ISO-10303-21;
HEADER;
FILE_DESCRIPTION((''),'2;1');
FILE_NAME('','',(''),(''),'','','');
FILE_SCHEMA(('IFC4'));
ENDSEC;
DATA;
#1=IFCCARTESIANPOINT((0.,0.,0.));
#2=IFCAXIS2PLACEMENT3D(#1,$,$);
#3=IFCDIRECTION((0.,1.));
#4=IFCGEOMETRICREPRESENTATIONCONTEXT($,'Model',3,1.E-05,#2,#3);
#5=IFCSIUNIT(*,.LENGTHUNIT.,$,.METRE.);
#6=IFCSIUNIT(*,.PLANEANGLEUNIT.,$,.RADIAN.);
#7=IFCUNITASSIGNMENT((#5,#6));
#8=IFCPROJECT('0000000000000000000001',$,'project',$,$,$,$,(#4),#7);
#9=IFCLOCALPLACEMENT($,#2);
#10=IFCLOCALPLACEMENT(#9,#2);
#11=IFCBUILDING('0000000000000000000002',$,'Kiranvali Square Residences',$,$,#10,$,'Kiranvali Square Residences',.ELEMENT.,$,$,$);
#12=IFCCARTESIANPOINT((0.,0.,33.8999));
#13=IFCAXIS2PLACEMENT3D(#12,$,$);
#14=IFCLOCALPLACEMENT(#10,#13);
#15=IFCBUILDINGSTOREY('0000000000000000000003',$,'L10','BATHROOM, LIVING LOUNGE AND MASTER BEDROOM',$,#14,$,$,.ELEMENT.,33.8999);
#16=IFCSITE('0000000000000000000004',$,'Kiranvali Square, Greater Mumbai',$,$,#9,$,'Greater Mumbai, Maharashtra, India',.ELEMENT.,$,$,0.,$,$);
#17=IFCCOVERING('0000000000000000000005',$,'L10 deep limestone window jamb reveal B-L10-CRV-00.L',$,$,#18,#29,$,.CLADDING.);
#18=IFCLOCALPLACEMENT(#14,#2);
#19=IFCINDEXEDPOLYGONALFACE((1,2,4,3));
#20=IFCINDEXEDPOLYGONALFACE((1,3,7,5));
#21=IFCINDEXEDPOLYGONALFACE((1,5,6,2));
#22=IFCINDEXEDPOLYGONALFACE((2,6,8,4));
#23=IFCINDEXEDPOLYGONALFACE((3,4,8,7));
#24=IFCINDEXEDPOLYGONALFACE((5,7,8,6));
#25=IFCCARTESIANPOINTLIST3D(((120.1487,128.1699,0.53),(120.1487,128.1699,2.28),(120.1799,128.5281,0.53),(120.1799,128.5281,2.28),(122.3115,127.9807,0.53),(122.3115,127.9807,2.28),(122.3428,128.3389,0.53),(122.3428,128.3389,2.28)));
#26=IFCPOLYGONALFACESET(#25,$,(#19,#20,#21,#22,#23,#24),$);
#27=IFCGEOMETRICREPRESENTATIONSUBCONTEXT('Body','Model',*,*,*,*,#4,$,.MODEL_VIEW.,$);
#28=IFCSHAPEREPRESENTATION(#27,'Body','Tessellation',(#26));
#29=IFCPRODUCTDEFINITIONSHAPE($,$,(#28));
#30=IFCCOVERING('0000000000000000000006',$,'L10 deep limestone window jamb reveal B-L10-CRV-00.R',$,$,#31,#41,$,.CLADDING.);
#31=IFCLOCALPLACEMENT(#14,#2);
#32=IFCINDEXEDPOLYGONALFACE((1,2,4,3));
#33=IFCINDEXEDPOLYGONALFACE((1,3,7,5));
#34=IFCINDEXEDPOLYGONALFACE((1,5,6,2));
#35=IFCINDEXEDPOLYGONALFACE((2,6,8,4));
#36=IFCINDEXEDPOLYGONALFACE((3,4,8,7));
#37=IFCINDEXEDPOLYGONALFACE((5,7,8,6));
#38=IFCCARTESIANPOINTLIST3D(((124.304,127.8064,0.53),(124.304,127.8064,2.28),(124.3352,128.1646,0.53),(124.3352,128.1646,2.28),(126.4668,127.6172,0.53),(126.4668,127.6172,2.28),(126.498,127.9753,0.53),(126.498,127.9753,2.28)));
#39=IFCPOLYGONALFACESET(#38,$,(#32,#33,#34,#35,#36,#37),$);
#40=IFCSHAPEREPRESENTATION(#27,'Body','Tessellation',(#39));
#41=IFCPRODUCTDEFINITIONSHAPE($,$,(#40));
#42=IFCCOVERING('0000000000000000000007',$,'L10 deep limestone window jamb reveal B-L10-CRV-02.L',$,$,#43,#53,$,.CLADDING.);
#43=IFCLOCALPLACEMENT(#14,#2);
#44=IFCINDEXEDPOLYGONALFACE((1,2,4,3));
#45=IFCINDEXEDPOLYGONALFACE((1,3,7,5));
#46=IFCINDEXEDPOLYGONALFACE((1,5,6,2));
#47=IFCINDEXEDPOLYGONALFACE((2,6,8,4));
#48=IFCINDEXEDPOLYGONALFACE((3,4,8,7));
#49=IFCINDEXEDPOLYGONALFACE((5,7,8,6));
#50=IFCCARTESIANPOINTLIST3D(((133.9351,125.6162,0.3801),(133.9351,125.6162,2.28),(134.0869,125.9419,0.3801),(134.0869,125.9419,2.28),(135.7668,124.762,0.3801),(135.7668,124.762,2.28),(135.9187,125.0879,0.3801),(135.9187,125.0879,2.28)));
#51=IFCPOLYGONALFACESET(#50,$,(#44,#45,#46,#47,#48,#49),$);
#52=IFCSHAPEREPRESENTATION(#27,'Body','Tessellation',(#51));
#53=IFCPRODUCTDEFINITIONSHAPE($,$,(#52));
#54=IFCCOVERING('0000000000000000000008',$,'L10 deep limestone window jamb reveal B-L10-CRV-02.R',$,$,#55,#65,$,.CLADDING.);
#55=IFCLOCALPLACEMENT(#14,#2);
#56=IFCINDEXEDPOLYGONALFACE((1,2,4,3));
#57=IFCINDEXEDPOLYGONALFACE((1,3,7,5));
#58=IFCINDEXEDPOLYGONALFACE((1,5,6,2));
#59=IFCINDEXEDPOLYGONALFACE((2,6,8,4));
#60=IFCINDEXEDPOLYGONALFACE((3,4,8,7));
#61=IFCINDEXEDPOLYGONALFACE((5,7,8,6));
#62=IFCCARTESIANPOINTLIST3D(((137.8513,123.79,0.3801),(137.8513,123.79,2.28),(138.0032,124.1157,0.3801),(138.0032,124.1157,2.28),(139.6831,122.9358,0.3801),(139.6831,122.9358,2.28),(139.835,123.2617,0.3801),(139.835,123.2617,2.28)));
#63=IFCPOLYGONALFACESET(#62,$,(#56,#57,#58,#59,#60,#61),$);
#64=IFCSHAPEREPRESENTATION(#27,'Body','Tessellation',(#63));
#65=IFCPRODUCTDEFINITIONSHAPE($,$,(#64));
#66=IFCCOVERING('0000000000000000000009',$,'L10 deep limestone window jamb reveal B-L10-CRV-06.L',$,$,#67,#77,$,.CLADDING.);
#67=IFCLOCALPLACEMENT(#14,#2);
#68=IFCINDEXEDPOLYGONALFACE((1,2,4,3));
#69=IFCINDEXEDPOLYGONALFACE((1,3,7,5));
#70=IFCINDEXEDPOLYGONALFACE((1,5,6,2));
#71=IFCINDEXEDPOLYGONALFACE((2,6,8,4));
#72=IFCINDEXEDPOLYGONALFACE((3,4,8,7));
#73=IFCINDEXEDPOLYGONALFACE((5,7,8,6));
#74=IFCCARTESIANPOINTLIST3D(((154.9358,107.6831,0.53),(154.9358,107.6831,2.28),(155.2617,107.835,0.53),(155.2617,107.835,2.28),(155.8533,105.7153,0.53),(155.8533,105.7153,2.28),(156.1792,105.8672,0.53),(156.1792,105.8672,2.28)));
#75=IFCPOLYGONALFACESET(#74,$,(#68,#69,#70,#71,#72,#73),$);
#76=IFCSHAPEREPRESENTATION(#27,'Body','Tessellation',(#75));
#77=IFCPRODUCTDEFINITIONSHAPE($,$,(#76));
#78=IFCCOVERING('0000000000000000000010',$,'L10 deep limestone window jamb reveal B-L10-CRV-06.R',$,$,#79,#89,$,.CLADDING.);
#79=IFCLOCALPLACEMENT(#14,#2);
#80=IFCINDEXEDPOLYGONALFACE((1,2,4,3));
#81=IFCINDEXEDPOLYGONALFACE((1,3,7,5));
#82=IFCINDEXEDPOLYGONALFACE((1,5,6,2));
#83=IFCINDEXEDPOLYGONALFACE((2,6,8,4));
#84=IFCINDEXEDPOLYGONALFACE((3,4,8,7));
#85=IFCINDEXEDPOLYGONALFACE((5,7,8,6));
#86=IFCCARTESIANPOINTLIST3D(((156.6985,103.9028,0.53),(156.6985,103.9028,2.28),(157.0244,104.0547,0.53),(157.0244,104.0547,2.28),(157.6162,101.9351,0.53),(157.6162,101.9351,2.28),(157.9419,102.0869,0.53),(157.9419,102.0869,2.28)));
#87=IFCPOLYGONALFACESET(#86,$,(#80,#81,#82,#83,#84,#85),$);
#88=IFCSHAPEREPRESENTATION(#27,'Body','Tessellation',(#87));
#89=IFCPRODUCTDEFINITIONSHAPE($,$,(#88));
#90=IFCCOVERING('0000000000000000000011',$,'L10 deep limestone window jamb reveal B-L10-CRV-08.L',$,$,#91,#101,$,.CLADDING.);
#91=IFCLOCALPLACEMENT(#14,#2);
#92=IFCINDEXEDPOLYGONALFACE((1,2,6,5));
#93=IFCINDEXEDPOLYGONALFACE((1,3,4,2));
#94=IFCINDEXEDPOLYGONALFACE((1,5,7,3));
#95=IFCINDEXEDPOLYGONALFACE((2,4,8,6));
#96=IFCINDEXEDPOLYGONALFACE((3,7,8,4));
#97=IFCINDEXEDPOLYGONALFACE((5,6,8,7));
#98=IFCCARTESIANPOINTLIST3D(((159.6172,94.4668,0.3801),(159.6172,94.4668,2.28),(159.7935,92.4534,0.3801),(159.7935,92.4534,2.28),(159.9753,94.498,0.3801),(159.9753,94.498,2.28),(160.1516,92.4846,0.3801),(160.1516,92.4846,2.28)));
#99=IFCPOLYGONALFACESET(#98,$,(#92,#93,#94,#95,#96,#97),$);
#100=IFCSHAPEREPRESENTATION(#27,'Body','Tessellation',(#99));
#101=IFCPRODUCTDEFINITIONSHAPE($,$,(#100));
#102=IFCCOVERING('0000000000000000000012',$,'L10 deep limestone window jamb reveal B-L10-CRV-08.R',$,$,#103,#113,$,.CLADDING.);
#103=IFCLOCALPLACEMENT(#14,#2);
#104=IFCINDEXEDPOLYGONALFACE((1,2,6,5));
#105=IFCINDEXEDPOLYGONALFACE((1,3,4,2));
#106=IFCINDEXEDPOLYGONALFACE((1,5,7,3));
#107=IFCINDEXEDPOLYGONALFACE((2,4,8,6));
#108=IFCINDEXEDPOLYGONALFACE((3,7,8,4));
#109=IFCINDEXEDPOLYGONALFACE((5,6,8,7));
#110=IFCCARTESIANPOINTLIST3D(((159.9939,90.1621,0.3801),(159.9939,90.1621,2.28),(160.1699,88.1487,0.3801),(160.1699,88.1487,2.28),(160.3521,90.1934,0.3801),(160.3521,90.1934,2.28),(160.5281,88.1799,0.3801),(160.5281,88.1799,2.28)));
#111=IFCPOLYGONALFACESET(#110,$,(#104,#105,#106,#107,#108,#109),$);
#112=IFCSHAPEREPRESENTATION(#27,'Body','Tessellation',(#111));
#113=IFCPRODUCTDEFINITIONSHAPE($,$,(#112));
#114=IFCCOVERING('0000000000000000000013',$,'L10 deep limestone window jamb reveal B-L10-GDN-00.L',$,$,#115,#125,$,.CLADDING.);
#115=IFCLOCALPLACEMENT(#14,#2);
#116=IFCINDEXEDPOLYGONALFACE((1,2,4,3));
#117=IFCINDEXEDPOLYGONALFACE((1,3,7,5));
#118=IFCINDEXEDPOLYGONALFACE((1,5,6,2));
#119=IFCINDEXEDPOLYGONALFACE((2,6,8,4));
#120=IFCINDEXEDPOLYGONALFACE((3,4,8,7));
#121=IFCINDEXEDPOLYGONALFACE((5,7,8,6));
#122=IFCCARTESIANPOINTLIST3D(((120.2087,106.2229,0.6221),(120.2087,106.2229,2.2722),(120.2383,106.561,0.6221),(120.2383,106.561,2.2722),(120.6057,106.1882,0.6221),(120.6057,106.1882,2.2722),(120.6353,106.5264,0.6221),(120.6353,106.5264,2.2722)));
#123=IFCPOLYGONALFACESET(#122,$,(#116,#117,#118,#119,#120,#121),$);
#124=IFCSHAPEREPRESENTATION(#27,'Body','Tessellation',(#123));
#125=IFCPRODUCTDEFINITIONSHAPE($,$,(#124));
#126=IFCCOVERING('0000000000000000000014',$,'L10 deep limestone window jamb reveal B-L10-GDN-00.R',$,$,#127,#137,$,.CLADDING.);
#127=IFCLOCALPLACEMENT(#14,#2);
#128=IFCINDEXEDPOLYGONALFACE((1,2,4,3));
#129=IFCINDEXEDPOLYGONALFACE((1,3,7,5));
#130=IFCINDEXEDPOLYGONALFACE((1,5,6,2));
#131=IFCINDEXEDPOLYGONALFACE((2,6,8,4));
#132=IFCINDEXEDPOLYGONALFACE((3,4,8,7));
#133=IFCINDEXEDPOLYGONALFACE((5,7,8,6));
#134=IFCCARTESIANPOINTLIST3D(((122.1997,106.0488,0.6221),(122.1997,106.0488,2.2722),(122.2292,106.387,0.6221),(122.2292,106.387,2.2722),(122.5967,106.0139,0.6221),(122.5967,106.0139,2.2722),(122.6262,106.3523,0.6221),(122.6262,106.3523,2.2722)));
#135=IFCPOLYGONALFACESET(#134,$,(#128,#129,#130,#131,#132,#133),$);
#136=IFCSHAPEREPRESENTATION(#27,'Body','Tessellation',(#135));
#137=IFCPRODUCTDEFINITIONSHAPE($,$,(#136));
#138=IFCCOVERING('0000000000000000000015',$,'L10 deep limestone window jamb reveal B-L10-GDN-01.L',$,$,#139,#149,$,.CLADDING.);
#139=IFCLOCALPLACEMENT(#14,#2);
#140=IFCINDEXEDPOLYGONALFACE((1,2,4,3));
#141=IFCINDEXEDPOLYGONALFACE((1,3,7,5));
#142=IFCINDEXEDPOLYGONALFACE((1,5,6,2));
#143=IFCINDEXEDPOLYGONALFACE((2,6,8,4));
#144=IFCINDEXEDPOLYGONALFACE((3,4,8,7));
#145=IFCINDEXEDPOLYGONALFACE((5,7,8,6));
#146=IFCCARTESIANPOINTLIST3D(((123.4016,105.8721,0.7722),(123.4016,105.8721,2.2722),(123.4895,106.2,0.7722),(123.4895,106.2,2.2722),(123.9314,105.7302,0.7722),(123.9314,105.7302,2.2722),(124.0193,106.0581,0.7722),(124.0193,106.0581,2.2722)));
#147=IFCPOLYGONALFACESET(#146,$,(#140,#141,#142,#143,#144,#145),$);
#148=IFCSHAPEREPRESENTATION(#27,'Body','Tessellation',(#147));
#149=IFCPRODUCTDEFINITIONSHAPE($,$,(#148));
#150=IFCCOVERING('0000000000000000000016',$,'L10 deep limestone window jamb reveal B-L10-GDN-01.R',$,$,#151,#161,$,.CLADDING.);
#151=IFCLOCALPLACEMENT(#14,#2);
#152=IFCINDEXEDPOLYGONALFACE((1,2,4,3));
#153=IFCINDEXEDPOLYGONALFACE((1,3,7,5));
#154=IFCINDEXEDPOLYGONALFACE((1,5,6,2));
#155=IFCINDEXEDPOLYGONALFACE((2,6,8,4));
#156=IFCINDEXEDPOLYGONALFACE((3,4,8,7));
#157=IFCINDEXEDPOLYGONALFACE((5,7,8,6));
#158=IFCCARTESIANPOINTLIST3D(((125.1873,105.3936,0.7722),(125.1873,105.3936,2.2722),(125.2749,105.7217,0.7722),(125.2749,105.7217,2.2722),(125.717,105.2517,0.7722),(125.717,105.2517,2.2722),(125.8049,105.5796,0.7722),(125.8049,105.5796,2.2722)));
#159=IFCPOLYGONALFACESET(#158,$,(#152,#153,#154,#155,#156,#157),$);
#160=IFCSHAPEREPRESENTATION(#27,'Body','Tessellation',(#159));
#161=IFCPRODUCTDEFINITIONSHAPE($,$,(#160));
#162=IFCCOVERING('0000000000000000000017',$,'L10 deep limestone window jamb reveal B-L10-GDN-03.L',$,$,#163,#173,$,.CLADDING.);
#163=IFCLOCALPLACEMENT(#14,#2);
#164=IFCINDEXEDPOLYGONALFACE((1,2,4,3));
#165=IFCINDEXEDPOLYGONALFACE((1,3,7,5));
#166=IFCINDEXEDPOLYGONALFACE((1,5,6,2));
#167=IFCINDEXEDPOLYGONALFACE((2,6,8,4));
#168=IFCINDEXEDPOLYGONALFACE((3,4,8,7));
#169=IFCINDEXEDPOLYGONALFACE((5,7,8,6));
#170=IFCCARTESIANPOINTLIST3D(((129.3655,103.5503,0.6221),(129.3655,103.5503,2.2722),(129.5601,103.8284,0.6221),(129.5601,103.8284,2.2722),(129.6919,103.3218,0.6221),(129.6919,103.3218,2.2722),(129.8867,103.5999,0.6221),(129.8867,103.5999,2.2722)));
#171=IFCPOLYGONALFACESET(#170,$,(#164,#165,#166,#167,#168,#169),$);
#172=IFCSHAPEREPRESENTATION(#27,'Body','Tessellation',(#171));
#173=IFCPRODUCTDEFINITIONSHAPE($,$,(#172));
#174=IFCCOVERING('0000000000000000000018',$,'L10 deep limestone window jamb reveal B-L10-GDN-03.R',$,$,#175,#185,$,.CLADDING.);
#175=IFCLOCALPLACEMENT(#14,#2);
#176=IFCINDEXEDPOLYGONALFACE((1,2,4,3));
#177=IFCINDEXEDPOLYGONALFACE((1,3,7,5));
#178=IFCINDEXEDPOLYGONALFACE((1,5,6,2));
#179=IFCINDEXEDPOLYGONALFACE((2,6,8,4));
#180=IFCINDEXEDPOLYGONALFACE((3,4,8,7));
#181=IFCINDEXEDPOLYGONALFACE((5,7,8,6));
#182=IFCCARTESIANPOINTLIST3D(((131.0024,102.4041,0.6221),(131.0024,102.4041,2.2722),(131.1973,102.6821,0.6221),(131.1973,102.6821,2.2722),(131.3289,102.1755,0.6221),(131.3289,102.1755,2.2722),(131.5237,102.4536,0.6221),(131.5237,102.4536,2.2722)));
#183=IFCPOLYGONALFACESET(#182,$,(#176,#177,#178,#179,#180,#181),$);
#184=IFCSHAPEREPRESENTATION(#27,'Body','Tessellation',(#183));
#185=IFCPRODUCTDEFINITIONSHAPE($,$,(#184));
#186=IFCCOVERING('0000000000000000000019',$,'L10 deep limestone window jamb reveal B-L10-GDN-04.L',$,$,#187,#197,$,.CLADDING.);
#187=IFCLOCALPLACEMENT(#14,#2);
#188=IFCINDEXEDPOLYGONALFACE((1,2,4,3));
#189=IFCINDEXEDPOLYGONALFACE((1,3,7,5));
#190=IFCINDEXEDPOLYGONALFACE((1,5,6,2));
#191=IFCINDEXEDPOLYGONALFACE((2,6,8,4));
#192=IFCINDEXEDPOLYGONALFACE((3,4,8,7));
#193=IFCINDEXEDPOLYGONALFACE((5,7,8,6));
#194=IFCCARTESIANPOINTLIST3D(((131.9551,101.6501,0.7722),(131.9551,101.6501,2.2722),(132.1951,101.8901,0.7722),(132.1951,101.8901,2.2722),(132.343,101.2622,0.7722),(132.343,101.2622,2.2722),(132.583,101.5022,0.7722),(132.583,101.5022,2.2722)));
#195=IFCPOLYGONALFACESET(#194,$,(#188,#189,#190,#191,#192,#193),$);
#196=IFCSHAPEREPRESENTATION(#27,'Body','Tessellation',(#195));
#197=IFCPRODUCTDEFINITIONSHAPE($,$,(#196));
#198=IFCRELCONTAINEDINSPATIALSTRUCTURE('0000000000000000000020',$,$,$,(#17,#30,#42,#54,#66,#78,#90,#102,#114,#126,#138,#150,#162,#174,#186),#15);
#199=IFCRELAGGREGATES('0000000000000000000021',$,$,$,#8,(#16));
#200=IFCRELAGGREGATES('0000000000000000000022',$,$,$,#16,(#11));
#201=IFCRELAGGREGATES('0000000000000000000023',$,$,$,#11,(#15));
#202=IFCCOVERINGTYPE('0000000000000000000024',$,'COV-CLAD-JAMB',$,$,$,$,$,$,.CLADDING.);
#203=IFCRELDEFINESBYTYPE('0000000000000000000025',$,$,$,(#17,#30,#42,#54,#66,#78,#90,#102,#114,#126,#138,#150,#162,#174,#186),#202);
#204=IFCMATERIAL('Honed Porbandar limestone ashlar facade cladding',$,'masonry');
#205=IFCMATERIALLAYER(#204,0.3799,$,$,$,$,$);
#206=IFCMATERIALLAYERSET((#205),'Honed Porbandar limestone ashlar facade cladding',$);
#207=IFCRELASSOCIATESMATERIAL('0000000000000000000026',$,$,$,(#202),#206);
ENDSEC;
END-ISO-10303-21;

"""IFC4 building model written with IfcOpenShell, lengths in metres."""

from ifc_helpers import new_model, si_unit, direction, frame, origin, place, context, subcontext, project, spatial, polyline, outline, extrude, material, layer, layer_set, type_object, element, save


model = new_model("IFC4")

# Units and contexts
model_context = context("Model", 3, precision=1e-05, world=origin(), true_north=direction((0.0, 1.0)))
body_context = subcontext(model_context, "Body", "Model", "MODEL_VIEW")
ifc_project = project(units=[si_unit("LENGTHUNIT", "METRE"), si_unit("PLANEANGLEUNIT", "RADIAN")], contexts=[model_context])

# Site, building, storey
site_placement = place(None, origin())
site = spatial("IfcSite", under=ifc_project, at=site_placement, Name="Kiranvali Square, Greater Mumbai", LongName="Greater Mumbai, Maharashtra, India", CompositionType="ELEMENT", RefElevation=0.0)
building_placement = place(site_placement, origin())
building = spatial("IfcBuilding", under=site, at=building_placement, Name="Kiranvali Square Residences", LongName="Kiranvali Square Residences", CompositionType="ELEMENT")
storey_placement = place(building_placement, frame((0.0, 0.0, 33.8999)))
storey = spatial("IfcBuildingStorey", under=building, at=storey_placement, Name="L10", Description="BATHROOM, LIVING LOUNGE AND MASTER BEDROOM", CompositionType="ELEMENT", Elevation=33.8999)

# Coverings
ifc_material = material(Name="Honed Porbandar limestone ashlar facade cladding", Category="masonry")
ifc_layer_1 = layer(ifc_material, 0.3799)
ifc_layer_set_1 = layer_set([ifc_layer_1], Name="Honed Porbandar limestone ashlar facade cladding")
covering_type_1 = type_object("IfcCoveringType", Name="COV-CLAD-JAMB", PredefinedType="CLADDING", material=ifc_layer_set_1)
covering_1_placement = place(storey_placement, frame((0.0, 0.0, 0.53)))
element("IfcCovering", 1, at=covering_1_placement, inside=storey, type_object=covering_type_1, Name="L10 deep limestone window jamb reveal B-L10-CRV-00.L", PredefinedType="CLADDING", context=body_context, shape_type="SweptSolid", body=[
    extrude(outline(polyline([(120.1487, 128.1699), (122.3115, 127.9807), (122.3428, 128.3389), (120.1799, 128.5281), (120.1487, 128.1699)])), origin(), (0.0, 0.0, 1.0), 1.75),
])
covering_2_placement = place(storey_placement, frame((0.0, 0.0, 0.53)))
element("IfcCovering", 2, at=covering_2_placement, inside=storey, type_object=covering_type_1, Name="L10 deep limestone window jamb reveal B-L10-CRV-00.R", PredefinedType="CLADDING", context=body_context, shape_type="SweptSolid", body=[
    extrude(outline(polyline([(124.304, 127.8064), (126.4668, 127.6172), (126.498, 127.9753), (124.3352, 128.1646), (124.304, 127.8064)])), origin(), (0.0, 0.0, 1.0), 1.75),
])
covering_3_placement = place(storey_placement, frame((0.0, 0.0, 0.3801)))
element("IfcCovering", 3, at=covering_3_placement, inside=storey, type_object=covering_type_1, Name="L10 deep limestone window jamb reveal B-L10-CRV-02.L", PredefinedType="CLADDING", context=body_context, shape_type="SweptSolid", body=[
    extrude(outline(polyline([(133.9351, 125.6162), (135.7668, 124.762), (135.9187, 125.0879), (134.0869, 125.9419), (133.9351, 125.6162)])), origin(), (0.0, 0.0, 1.0), 1.8999),
])
covering_4_placement = place(storey_placement, frame((0.0, 0.0, 0.3801)))
element("IfcCovering", 4, at=covering_4_placement, inside=storey, type_object=covering_type_1, Name="L10 deep limestone window jamb reveal B-L10-CRV-02.R", PredefinedType="CLADDING", context=body_context, shape_type="SweptSolid", body=[
    extrude(outline(polyline([(137.8513, 123.79), (139.6831, 122.9358), (139.835, 123.2617), (138.0032, 124.1157), (137.8513, 123.79)])), origin(), (0.0, 0.0, 1.0), 1.8999),
])
covering_5_placement = place(storey_placement, frame((0.0, 0.0, 0.53)))
element("IfcCovering", 5, at=covering_5_placement, inside=storey, type_object=covering_type_1, Name="L10 deep limestone window jamb reveal B-L10-CRV-06.L", PredefinedType="CLADDING", context=body_context, shape_type="SweptSolid", body=[
    extrude(outline(polyline([(154.9358, 107.6831), (155.8533, 105.7153), (156.1792, 105.8672), (155.2617, 107.835), (154.9358, 107.6831)])), origin(), (0.0, 0.0, 1.0), 1.75),
])
covering_6_placement = place(storey_placement, frame((0.0, 0.0, 0.53)))
element("IfcCovering", 6, at=covering_6_placement, inside=storey, type_object=covering_type_1, Name="L10 deep limestone window jamb reveal B-L10-CRV-06.R", PredefinedType="CLADDING", context=body_context, shape_type="SweptSolid", body=[
    extrude(outline(polyline([(156.6985, 103.9028), (157.6162, 101.9351), (157.9419, 102.0869), (157.0244, 104.0547), (156.6985, 103.9028)])), origin(), (0.0, 0.0, 1.0), 1.75),
])
covering_7_placement = place(storey_placement, frame((0.0, 0.0, 0.3801)))
element("IfcCovering", 7, at=covering_7_placement, inside=storey, type_object=covering_type_1, Name="L10 deep limestone window jamb reveal B-L10-CRV-08.L", PredefinedType="CLADDING", context=body_context, shape_type="SweptSolid", body=[
    extrude(outline(polyline([(159.6172, 94.4668), (159.7935, 92.4534), (160.1516, 92.4846), (159.9753, 94.498), (159.6172, 94.4668)])), origin(), (0.0, 0.0, 1.0), 1.8999),
])
covering_8_placement = place(storey_placement, frame((0.0, 0.0, 0.3801)))
element("IfcCovering", 8, at=covering_8_placement, inside=storey, type_object=covering_type_1, Name="L10 deep limestone window jamb reveal B-L10-CRV-08.R", PredefinedType="CLADDING", context=body_context, shape_type="SweptSolid", body=[
    extrude(outline(polyline([(159.9939, 90.1621), (160.1699, 88.1487), (160.5281, 88.1799), (160.3521, 90.1934), (159.9939, 90.1621)])), origin(), (0.0, 0.0, 1.0), 1.8999),
])
covering_9_placement = place(storey_placement, frame((0.0, 0.0, 0.6221)))
element("IfcCovering", 9, at=covering_9_placement, inside=storey, type_object=covering_type_1, Name="L10 deep limestone window jamb reveal B-L10-GDN-00.L", PredefinedType="CLADDING", context=body_context, shape_type="SweptSolid", body=[
    extrude(outline(polyline([(120.2087, 106.2229), (120.6057, 106.1882), (120.6353, 106.5264), (120.2383, 106.561), (120.2087, 106.2229)])), origin(), (0.0, 0.0, 1.0), 1.6501),
])
covering_10_placement = place(storey_placement, frame((0.0, 0.0, 0.6221)))
element("IfcCovering", 10, at=covering_10_placement, inside=storey, type_object=covering_type_1, Name="L10 deep limestone window jamb reveal B-L10-GDN-00.R", PredefinedType="CLADDING", context=body_context, shape_type="SweptSolid", body=[
    extrude(outline(polyline([(122.1997, 106.0488), (122.5967, 106.0139), (122.6262, 106.3523), (122.2292, 106.387), (122.1997, 106.0488)])), origin(), (0.0, 0.0, 1.0), 1.6501),
])
covering_11_placement = place(storey_placement, frame((0.0, 0.0, 0.7722)))
element("IfcCovering", 11, at=covering_11_placement, inside=storey, type_object=covering_type_1, Name="L10 deep limestone window jamb reveal B-L10-GDN-01.L", PredefinedType="CLADDING", context=body_context, shape_type="SweptSolid", body=[
    extrude(outline(polyline([(123.4016, 105.8721), (123.9314, 105.7302), (124.0193, 106.0581), (123.4895, 106.2), (123.4016, 105.8721)])), origin(), (0.0, 0.0, 1.0), 1.5),
])
covering_12_placement = place(storey_placement, frame((0.0, 0.0, 0.7722)))
element("IfcCovering", 12, at=covering_12_placement, inside=storey, type_object=covering_type_1, Name="L10 deep limestone window jamb reveal B-L10-GDN-01.R", PredefinedType="CLADDING", context=body_context, shape_type="SweptSolid", body=[
    extrude(outline(polyline([(125.1873, 105.3936), (125.717, 105.2517), (125.8049, 105.5796), (125.2749, 105.7217), (125.1873, 105.3936)])), origin(), (0.0, 0.0, 1.0), 1.5),
])
covering_13_placement = place(storey_placement, frame((0.0, 0.0, 0.6221)))
element("IfcCovering", 13, at=covering_13_placement, inside=storey, type_object=covering_type_1, Name="L10 deep limestone window jamb reveal B-L10-GDN-03.L", PredefinedType="CLADDING", context=body_context, shape_type="SweptSolid", body=[
    extrude(outline(polyline([(129.3655, 103.5503), (129.6919, 103.3218), (129.8867, 103.5999), (129.5601, 103.8284), (129.3655, 103.5503)])), origin(), (0.0, 0.0, 1.0), 1.6501),
])
covering_14_placement = place(storey_placement, frame((0.0, 0.0, 0.6221)))
element("IfcCovering", 14, at=covering_14_placement, inside=storey, type_object=covering_type_1, Name="L10 deep limestone window jamb reveal B-L10-GDN-03.R", PredefinedType="CLADDING", context=body_context, shape_type="SweptSolid", body=[
    extrude(outline(polyline([(131.0024, 102.4041), (131.3289, 102.1755), (131.5237, 102.4536), (131.1973, 102.6821), (131.0024, 102.4041)])), origin(), (0.0, 0.0, 1.0), 1.6501),
])
covering_15_placement = place(storey_placement, frame((0.0, 0.0, 0.7722)))
element("IfcCovering", 15, at=covering_15_placement, inside=storey, type_object=covering_type_1, Name="L10 deep limestone window jamb reveal B-L10-GDN-04.L", PredefinedType="CLADDING", context=body_context, shape_type="SweptSolid", body=[
    extrude(outline(polyline([(131.9551, 101.6501), (132.343, 101.2622), (132.583, 101.5022), (132.1951, 101.8901), (131.9551, 101.6501)])), origin(), (0.0, 0.0, 1.0), 1.5),
])

save(model, "model.ifc")
